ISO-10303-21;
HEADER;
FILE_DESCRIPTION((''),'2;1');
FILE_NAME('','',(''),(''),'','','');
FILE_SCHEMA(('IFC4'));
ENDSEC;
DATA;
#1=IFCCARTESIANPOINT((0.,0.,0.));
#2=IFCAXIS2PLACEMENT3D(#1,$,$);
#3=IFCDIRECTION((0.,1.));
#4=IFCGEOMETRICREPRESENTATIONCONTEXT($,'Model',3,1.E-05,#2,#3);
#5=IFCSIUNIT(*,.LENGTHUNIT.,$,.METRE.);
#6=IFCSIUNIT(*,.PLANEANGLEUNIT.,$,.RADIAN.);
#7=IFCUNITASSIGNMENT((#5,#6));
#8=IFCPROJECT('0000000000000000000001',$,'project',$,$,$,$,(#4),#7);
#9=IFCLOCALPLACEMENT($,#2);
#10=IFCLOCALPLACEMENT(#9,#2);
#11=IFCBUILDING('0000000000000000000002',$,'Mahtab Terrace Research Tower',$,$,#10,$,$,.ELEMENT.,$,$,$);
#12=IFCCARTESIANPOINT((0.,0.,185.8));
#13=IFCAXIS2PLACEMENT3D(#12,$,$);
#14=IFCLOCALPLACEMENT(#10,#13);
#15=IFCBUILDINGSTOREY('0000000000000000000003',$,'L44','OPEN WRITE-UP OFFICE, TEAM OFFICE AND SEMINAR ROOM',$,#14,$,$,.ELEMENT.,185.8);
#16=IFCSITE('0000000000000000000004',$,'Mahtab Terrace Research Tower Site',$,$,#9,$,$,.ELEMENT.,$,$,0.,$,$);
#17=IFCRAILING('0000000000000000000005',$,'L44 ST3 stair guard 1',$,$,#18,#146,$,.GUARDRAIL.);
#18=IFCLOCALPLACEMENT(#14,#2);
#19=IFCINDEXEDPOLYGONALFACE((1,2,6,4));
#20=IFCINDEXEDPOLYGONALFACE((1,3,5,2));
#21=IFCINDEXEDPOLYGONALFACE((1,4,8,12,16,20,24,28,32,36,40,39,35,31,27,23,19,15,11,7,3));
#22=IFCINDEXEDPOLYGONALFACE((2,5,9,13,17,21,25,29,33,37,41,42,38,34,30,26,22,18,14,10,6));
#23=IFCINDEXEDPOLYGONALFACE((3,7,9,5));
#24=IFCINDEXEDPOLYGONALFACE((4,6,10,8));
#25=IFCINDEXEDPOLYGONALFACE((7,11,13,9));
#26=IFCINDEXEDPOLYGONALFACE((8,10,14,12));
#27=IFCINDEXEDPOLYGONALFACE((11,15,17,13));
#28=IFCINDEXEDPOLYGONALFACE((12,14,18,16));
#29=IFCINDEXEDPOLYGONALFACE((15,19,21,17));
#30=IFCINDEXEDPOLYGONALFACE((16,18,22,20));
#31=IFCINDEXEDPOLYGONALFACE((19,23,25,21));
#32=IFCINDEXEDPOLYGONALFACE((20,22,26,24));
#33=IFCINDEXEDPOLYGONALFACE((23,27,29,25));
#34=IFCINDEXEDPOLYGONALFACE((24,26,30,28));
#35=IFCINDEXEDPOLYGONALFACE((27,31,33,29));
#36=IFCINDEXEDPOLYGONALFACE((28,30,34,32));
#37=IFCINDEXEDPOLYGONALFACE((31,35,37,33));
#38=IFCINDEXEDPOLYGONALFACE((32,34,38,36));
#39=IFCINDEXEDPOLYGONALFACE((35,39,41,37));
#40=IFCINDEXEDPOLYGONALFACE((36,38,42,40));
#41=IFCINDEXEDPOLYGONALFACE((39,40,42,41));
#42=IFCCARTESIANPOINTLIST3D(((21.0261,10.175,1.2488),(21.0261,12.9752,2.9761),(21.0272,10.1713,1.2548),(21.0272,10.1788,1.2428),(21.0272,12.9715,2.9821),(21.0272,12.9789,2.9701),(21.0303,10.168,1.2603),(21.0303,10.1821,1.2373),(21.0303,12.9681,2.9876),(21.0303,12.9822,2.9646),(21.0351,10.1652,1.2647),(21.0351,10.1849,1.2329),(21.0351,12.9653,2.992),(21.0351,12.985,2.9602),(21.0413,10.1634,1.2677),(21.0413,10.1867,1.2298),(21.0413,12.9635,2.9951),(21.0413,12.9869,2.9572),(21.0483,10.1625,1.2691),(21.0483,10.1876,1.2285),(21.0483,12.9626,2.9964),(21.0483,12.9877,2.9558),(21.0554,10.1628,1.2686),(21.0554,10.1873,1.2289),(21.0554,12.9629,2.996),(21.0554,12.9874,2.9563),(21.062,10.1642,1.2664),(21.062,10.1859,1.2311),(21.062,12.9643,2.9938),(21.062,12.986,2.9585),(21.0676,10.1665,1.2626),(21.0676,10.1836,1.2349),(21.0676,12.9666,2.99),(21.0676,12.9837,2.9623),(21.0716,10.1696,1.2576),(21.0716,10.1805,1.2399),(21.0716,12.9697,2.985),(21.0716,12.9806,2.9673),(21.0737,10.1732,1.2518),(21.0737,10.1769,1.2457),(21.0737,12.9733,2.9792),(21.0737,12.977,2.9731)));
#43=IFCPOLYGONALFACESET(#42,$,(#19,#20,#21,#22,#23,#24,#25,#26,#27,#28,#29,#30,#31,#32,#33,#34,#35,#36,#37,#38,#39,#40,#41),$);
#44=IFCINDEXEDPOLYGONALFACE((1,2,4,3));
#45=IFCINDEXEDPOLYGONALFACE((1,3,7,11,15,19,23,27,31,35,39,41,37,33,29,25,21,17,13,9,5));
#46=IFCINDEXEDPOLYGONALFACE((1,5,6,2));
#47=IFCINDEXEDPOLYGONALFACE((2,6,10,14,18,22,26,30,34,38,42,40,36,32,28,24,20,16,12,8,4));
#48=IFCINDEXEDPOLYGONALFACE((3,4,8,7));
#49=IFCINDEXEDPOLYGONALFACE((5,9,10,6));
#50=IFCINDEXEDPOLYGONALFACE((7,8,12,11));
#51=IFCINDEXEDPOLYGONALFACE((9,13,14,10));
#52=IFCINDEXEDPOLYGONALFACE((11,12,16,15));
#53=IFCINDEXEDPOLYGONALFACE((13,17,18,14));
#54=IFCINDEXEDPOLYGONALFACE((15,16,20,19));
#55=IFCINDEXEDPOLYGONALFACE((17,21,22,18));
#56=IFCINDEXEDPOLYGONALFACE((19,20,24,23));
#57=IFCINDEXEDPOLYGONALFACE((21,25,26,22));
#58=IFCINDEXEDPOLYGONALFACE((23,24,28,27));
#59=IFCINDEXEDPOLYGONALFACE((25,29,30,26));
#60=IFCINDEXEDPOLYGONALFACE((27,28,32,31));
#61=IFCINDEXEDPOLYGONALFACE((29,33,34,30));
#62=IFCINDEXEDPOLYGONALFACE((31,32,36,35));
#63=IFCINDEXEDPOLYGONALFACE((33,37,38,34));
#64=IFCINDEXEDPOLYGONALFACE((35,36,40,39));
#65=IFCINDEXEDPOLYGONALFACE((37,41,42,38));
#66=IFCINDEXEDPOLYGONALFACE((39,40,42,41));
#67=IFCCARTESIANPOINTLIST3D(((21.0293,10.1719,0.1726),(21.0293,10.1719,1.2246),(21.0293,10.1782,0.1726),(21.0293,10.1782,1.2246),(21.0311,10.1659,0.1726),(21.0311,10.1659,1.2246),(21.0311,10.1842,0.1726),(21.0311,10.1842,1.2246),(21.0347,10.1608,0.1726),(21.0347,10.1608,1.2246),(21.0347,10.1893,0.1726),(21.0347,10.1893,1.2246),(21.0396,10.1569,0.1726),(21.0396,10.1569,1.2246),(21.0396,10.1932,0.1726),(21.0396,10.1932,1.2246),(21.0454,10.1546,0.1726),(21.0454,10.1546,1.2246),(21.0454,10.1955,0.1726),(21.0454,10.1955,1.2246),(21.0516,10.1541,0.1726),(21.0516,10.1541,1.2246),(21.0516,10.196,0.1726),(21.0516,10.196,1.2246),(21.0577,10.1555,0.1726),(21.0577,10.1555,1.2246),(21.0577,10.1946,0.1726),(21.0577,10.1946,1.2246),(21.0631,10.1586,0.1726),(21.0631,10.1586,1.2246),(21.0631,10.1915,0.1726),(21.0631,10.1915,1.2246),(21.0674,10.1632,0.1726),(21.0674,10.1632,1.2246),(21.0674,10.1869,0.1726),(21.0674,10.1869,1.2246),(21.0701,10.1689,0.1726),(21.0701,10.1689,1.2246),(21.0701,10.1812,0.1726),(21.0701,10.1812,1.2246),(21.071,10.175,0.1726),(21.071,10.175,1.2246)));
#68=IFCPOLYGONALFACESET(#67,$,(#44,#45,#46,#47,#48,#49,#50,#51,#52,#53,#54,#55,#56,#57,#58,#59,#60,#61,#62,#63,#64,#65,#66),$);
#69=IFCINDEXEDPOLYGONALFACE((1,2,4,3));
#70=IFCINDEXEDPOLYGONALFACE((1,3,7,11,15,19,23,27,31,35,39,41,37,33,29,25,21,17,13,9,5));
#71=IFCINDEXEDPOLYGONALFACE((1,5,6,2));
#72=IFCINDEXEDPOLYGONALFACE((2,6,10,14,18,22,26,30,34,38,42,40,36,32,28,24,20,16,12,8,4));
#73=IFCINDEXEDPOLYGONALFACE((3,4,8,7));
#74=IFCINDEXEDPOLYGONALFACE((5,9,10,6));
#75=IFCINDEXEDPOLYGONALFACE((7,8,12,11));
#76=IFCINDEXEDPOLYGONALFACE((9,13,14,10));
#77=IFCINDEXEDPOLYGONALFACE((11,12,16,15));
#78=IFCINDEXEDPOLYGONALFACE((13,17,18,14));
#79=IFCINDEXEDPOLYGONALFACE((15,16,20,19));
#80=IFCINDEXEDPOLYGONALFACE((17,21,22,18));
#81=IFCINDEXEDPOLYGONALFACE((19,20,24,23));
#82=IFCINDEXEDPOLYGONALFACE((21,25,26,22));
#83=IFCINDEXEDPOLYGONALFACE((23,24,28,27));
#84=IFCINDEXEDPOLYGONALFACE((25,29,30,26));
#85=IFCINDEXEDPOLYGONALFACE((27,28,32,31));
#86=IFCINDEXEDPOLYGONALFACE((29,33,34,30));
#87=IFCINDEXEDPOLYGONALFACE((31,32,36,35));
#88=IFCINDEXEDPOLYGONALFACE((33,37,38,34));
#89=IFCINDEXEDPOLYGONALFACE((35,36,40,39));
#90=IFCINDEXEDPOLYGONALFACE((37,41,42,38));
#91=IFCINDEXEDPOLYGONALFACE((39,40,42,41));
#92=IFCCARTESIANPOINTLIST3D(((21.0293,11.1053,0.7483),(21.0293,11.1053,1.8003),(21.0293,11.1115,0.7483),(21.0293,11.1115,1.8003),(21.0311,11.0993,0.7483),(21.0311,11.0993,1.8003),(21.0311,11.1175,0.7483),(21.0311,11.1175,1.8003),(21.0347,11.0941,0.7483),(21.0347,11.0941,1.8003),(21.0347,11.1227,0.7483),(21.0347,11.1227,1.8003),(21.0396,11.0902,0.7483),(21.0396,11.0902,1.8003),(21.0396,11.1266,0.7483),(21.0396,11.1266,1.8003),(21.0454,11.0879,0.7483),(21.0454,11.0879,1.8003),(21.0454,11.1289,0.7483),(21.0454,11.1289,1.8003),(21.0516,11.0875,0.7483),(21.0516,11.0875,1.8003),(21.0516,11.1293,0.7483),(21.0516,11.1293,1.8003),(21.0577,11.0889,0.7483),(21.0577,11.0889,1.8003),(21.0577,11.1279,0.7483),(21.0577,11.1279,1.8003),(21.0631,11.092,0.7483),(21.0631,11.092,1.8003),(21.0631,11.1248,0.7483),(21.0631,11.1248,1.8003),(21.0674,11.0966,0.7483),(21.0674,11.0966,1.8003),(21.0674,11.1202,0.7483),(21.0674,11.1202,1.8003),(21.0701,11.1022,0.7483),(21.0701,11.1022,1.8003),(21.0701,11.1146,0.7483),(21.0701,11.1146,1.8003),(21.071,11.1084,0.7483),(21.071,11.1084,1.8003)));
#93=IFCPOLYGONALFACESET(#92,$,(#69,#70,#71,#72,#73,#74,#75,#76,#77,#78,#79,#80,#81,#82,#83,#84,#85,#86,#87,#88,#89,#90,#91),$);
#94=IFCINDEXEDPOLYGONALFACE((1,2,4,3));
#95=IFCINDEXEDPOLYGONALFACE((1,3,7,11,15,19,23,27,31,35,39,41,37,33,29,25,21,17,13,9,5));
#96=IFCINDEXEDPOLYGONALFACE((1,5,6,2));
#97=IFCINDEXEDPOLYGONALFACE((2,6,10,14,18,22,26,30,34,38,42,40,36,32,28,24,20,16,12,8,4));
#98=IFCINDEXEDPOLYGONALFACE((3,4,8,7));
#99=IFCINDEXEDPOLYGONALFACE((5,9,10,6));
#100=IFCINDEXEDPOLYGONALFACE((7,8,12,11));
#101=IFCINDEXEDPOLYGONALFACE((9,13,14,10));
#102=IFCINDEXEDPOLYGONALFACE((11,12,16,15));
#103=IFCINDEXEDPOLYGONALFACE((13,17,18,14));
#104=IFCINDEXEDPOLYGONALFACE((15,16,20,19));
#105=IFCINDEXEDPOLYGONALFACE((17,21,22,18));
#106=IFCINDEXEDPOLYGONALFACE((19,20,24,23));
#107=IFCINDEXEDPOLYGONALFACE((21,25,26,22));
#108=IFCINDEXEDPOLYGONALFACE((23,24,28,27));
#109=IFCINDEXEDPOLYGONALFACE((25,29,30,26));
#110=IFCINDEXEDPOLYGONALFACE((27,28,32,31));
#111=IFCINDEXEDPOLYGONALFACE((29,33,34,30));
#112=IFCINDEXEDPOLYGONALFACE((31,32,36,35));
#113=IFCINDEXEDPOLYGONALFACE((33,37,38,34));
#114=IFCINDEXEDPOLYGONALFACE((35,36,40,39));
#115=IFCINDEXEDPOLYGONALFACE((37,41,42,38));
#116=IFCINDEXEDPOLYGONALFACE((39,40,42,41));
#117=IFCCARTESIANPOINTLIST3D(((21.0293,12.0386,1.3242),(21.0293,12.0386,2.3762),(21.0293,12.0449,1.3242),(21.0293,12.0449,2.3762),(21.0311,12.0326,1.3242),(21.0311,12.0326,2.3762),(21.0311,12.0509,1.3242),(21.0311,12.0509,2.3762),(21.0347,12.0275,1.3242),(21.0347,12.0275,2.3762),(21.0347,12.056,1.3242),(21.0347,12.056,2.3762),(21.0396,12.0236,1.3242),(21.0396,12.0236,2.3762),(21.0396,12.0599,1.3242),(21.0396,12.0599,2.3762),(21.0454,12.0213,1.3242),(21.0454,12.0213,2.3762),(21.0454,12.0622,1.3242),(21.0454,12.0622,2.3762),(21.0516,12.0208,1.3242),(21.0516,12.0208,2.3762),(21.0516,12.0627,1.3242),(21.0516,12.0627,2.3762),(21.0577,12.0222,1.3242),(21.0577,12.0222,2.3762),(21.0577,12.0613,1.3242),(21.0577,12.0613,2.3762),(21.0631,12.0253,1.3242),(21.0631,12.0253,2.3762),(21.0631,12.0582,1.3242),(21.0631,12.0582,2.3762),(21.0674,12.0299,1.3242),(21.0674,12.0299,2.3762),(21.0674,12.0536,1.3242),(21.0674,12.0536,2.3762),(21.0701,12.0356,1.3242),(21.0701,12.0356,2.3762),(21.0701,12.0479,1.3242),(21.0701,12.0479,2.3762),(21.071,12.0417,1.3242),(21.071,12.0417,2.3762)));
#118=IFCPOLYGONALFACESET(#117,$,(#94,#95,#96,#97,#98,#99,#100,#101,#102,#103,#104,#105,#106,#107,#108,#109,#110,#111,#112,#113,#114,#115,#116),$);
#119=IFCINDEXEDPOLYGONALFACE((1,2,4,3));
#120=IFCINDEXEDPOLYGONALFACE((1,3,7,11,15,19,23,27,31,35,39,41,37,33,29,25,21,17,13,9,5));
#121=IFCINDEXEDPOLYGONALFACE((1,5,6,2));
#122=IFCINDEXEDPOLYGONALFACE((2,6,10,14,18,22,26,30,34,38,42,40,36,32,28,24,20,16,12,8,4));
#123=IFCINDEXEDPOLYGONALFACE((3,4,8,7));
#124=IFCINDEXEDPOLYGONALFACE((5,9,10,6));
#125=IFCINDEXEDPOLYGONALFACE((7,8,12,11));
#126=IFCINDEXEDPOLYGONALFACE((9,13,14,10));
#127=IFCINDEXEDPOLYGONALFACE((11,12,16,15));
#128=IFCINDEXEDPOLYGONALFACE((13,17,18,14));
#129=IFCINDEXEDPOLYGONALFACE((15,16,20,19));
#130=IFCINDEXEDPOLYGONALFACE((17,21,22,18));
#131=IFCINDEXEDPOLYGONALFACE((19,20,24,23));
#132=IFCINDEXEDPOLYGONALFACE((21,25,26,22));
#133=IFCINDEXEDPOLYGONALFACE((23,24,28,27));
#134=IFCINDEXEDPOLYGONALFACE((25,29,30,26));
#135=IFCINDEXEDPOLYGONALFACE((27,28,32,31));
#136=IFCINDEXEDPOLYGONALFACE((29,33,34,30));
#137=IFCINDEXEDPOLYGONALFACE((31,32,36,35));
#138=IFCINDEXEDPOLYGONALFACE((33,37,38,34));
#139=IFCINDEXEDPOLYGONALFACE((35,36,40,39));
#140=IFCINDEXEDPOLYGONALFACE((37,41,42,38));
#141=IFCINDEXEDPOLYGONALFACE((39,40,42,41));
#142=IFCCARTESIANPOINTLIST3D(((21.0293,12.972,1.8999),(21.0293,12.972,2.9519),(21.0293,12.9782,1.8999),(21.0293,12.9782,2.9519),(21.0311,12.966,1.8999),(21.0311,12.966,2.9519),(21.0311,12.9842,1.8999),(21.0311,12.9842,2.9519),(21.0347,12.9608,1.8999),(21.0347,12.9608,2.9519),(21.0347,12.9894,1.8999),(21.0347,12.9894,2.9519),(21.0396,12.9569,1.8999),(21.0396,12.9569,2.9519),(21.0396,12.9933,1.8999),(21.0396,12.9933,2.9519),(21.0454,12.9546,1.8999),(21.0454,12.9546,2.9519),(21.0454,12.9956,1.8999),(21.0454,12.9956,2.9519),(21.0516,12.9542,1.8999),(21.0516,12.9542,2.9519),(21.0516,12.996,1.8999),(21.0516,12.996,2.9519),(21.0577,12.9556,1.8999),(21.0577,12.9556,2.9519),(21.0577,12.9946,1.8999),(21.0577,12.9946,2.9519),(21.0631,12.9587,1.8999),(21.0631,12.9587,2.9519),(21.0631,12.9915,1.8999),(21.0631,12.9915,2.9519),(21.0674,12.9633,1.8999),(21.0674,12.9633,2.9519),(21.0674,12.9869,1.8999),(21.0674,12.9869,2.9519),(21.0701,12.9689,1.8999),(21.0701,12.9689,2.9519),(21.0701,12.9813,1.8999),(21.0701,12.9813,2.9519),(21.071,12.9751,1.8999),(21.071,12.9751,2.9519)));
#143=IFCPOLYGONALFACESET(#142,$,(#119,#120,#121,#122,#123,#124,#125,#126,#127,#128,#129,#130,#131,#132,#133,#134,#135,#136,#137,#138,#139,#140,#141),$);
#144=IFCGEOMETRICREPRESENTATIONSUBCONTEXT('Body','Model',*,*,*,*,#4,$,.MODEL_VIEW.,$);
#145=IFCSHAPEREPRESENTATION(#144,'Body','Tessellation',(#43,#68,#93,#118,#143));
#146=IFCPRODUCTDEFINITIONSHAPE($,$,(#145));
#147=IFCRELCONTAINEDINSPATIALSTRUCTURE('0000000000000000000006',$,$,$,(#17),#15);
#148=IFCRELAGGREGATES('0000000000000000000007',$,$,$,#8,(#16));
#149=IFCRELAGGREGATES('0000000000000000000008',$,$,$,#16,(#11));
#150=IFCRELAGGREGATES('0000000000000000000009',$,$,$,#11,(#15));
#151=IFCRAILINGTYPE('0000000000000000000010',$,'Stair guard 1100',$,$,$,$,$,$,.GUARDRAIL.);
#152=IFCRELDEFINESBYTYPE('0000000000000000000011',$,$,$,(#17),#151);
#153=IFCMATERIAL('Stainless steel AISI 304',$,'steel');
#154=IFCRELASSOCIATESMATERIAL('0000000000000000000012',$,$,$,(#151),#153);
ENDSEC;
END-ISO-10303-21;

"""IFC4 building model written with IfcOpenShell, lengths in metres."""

from ifc_helpers import new_model, si_unit, direction, frame, origin, origin_2d, place, context, subcontext, project, spatial, circle, extrude, material, type_object, element, save


model = new_model("IFC4")

# Units and contexts
model_context = context("Model", 3, precision=1e-05, world=origin(), true_north=direction((0.0, 1.0)))
body_context = subcontext(model_context, "Body", "Model", "MODEL_VIEW")
ifc_project = project(units=[si_unit("LENGTHUNIT", "METRE"), si_unit("PLANEANGLEUNIT", "RADIAN")], contexts=[model_context])

# Site, building, storey
site_placement = place(None, origin())
site = spatial("IfcSite", under=ifc_project, at=site_placement, Name="Mahtab Terrace Research Tower Site", CompositionType="ELEMENT", RefElevation=0.0)
building_placement = place(site_placement, origin())
building = spatial("IfcBuilding", under=site, at=building_placement, Name="Mahtab Terrace Research Tower", CompositionType="ELEMENT")
storey_placement = place(building_placement, frame((0.0, 0.0, 185.8)))
storey = spatial("IfcBuildingStorey", under=building, at=storey_placement, Name="L44", Description="OPEN WRITE-UP OFFICE, TEAM OFFICE AND SEMINAR ROOM", CompositionType="ELEMENT", Elevation=185.8)

# Shared definitions
ifc_material_1 = material(Name="Stainless steel AISI 304", Category="steel")

# Railing
railing_type_1 = type_object("IfcRailingType", Name="Stair guard 1100", PredefinedType="GUARDRAIL", material=ifc_material_1)
railing_1_placement = place(storey_placement, frame((21.05, 10.175, 0.1726)))
element("IfcRailing", 1, at=railing_1_placement, inside=storey, type_object=railing_type_1, Name="L44 ST3 stair guard 1", PredefinedType="GUARDRAIL", context=body_context, shape_type="SweptSolid", body=[
    extrude(circle(Radius=0.0239, at=origin_2d()), frame((0.0, 0.0, 1.0762), z_axis=(0.0, 0.85109, 0.52502), x_axis=(-1.0, 0.0, 0.0)), (0.0, 0.0, 1.0), 3.29),
    extrude(circle(Radius=0.021, at=origin_2d()), origin(), (0.0, 0.0, 1.0), 1.052),
    extrude(circle(Radius=0.021, at=origin_2d()), frame((0.0, 0.9333, 0.5757)), (0.0, 0.0, 1.0), 1.052),
    extrude(circle(Radius=0.021, at=origin_2d()), frame((0.0, 1.8667, 1.1516)), (0.0, 0.0, 1.0), 1.052),
    extrude(circle(Radius=0.021, at=origin_2d()), frame((0.0, 2.8, 1.7273)), (0.0, 0.0, 1.0), 1.052),
])

save(model, "model.ifc")
